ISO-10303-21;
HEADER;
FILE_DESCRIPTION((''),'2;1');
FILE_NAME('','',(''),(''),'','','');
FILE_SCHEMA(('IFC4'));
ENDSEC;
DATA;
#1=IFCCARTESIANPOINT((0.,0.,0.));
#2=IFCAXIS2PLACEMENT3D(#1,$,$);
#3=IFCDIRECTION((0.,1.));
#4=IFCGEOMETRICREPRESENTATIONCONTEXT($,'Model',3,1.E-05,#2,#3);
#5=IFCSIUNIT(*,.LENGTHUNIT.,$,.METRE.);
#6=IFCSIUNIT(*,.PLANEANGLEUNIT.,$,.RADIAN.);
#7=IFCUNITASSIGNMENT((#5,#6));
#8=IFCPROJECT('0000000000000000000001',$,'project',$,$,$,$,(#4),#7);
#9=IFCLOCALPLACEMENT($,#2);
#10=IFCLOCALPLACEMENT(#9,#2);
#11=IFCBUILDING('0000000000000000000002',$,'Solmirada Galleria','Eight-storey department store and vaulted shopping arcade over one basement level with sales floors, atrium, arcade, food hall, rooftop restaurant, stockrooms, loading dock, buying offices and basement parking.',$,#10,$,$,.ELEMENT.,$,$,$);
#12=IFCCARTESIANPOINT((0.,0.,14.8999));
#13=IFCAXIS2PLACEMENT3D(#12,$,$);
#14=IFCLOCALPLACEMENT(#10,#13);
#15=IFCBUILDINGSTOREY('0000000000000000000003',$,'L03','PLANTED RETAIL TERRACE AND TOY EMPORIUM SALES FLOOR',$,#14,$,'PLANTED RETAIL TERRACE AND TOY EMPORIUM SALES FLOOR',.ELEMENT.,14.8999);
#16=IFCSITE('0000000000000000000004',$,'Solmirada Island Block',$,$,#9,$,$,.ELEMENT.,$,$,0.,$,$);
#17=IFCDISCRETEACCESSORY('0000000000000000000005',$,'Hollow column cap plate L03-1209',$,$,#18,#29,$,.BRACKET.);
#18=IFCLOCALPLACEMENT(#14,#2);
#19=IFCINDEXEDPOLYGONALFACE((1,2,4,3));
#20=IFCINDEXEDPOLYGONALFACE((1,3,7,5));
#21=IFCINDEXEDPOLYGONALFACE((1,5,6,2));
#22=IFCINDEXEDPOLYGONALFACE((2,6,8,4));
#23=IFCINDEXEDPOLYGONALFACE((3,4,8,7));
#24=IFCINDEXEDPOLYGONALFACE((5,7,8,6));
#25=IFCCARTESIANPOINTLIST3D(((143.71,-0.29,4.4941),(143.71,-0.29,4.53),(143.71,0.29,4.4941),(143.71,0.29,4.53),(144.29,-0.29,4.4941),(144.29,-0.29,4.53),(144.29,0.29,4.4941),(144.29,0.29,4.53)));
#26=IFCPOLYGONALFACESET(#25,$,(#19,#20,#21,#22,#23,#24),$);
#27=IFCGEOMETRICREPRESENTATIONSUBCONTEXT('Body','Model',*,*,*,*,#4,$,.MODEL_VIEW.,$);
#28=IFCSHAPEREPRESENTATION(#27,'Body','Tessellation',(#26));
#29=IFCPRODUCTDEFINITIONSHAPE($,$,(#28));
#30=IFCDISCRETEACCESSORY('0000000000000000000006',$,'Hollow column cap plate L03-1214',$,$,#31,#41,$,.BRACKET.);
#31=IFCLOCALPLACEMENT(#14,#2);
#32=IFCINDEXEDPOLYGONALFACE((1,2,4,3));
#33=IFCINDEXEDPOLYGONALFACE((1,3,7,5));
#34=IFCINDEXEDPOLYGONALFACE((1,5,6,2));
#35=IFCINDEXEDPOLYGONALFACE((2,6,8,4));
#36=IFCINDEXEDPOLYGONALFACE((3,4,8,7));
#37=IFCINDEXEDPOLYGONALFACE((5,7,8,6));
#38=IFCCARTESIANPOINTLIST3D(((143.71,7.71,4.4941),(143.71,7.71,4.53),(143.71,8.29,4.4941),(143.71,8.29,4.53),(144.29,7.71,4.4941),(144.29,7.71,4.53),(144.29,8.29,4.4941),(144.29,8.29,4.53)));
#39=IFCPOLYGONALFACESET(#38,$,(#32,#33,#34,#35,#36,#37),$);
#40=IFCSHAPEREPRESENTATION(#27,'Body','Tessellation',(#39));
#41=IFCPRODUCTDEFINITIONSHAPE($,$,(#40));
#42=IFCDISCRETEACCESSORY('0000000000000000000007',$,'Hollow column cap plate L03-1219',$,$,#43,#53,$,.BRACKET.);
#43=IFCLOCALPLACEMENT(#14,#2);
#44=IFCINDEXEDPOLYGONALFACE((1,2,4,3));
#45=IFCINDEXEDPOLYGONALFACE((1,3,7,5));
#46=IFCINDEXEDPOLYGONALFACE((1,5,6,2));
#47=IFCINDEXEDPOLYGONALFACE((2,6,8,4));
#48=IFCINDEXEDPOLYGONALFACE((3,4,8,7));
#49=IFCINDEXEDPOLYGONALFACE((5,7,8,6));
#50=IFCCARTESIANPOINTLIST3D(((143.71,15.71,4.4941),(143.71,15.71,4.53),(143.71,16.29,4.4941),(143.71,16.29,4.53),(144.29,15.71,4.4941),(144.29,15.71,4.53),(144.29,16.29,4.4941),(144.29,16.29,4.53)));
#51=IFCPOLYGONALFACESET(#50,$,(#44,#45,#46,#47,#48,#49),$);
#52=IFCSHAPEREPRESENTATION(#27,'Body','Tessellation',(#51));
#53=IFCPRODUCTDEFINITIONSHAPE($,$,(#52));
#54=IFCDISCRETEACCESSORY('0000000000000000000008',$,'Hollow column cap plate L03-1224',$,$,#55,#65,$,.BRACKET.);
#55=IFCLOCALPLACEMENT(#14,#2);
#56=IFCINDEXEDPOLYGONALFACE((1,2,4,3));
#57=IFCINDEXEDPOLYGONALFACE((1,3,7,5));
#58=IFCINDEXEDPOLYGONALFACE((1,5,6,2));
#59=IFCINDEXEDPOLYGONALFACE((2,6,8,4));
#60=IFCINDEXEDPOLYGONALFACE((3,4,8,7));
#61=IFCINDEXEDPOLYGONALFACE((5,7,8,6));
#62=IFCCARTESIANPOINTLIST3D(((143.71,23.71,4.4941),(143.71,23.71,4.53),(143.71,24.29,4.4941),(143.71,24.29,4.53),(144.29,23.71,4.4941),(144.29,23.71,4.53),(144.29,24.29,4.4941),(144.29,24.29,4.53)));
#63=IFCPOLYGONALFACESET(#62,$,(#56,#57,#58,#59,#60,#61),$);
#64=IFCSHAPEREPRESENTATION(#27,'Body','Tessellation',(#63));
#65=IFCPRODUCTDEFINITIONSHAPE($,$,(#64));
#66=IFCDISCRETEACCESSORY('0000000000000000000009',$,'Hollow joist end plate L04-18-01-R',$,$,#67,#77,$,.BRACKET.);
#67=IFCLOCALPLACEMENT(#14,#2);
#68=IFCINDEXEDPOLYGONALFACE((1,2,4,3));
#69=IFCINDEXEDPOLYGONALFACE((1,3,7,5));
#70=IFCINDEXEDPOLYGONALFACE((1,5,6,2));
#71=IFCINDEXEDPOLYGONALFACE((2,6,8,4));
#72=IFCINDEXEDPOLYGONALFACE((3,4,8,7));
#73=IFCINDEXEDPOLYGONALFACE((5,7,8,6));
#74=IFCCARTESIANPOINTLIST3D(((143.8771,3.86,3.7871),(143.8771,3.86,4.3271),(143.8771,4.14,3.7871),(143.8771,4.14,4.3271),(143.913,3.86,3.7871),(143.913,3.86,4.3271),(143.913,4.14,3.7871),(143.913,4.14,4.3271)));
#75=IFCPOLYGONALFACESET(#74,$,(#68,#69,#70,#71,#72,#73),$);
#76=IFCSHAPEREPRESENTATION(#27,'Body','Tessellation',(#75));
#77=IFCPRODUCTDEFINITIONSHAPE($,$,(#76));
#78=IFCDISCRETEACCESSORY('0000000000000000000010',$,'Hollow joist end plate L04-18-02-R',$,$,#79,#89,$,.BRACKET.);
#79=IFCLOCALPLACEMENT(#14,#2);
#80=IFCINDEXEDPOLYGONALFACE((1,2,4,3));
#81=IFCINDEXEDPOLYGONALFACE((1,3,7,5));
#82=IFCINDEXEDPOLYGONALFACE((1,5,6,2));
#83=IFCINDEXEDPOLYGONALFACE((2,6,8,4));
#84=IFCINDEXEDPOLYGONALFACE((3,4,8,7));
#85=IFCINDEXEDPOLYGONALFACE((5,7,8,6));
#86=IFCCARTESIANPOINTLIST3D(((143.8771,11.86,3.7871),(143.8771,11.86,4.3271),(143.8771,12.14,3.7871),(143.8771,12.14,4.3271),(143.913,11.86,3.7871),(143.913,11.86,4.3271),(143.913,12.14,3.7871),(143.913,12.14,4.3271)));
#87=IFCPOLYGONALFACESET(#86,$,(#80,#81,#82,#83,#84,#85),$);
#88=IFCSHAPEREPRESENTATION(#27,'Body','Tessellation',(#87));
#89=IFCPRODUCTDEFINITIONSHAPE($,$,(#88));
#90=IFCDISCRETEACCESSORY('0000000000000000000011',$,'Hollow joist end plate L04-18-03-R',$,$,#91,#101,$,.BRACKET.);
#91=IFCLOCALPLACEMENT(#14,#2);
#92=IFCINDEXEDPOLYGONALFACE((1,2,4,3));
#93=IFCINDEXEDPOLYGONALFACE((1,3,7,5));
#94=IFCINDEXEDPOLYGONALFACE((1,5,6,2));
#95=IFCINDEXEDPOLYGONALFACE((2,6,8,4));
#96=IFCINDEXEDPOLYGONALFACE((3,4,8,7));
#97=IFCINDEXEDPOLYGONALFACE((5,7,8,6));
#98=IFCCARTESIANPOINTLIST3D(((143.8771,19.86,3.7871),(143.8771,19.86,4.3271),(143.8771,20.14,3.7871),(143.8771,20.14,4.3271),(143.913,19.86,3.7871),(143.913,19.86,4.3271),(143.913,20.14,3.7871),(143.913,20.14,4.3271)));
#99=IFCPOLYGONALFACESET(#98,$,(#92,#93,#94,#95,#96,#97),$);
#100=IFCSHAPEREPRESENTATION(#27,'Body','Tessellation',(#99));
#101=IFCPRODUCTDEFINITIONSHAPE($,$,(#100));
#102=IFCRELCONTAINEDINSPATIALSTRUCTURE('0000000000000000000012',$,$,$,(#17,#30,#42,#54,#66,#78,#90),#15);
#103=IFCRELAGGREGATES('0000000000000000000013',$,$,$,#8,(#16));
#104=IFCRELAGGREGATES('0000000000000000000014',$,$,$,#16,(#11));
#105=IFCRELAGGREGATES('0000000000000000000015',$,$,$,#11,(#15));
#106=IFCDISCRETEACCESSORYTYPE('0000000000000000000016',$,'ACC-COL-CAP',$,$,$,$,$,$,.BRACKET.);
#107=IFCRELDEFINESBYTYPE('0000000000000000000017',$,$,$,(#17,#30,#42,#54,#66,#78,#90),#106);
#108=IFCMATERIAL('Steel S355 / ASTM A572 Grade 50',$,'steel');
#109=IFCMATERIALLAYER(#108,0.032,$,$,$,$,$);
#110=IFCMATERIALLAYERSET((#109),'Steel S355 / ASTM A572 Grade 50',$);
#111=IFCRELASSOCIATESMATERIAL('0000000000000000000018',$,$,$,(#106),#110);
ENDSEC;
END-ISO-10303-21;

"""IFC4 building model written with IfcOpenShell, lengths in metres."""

from ifc_helpers import new_model, si_unit, direction, frame, origin, origin_2d, place, context, subcontext, project, spatial, rectangle, extrude, material, layer, layer_set, type_object, element, save


model = new_model("IFC4")

# Units and contexts
model_context = context("Model", 3, precision=1e-05, world=origin(), true_north=direction((0.0, 1.0)))
body_context = subcontext(model_context, "Body", "Model", "MODEL_VIEW")
ifc_project = project(units=[si_unit("LENGTHUNIT", "METRE"), si_unit("PLANEANGLEUNIT", "RADIAN")], contexts=[model_context])

# Site, building, storey
site_placement = place(None, origin())
site = spatial("IfcSite", under=ifc_project, at=site_placement, Name="Solmirada Island Block", CompositionType="ELEMENT", RefElevation=0.0)
building_placement = place(site_placement, origin())
building = spatial("IfcBuilding", under=site, at=building_placement, Name="Solmirada Galleria", Description="Eight-storey department store and vaulted shopping arcade over one basement level with sales floors, atrium, arcade, food hall, rooftop restaurant, stockrooms, loading dock, buying offices and basement parking.", CompositionType="ELEMENT")
storey_placement = place(building_placement, frame((0.0, 0.0, 14.8999)))
storey = spatial("IfcBuildingStorey", under=building, at=storey_placement, Name="L03", Description="PLANTED RETAIL TERRACE AND TOY EMPORIUM SALES FLOOR", LongName="PLANTED RETAIL TERRACE AND TOY EMPORIUM SALES FLOOR", CompositionType="ELEMENT", Elevation=14.8999)

# Discrete accessories
ifc_material_1 = material(Name="Steel S355 / ASTM A572 Grade 50", Category="steel")
ifc_layer_1 = layer(ifc_material_1, 0.032)
ifc_layer_set_1 = layer_set([ifc_layer_1], Name="Steel S355 / ASTM A572 Grade 50")
discrete_accessory_type = type_object("IfcDiscreteAccessoryType", Name="ACC-COL-CAP", PredefinedType="BRACKET", material=ifc_layer_set_1)
for number, where, z_axis, x_axis, name in (
    (1, (144.0, 0.0, 4.4941), (0.0, 0.0, 1.0), (1.0, 0.0, 0.0), "Hollow column cap plate L03-1209"),
    (2, (144.0, 8.0, 4.4941), (0.0, 0.0, 1.0), (1.0, 0.0, 0.0), "Hollow column cap plate L03-1214"),
    (3, (144.0, 16.0, 4.4941), (0.0, 0.0, 1.0), (1.0, 0.0, 0.0), "Hollow column cap plate L03-1219"),
    (4, (144.0, 24.0, 4.4941), (0.0, 0.0, 1.0), (1.0, 0.0, 0.0), "Hollow column cap plate L03-1224"),
):
    element("IfcDiscreteAccessory", number, at=place(storey_placement, frame(where, z_axis=z_axis, x_axis=x_axis)), inside=storey, type_object=discrete_accessory_type, Name=name, PredefinedType="BRACKET", context=body_context, shape_type="SweptSolid", body=[
        extrude(rectangle(XDim=0.5801, YDim=0.5801, at=origin_2d()), origin(), (0.0, 0.0, 1.0), 0.0359),
    ])
for number, where, z_axis, x_axis, name in (
    (5, (143.895, 4.0, 3.7871), (0.0, 0.0, 1.0), (1.0, 0.0, 0.0), "Hollow joist end plate L04-18-01-R"),
    (6, (143.895, 12.0, 3.7871), (0.0, 0.0, 1.0), (1.0, 0.0, 0.0), "Hollow joist end plate L04-18-02-R"),
    (7, (143.895, 20.0, 3.7871), (0.0, 0.0, 1.0), (1.0, 0.0, 0.0), "Hollow joist end plate L04-18-03-R"),
):
    element("IfcDiscreteAccessory", number, at=place(storey_placement, frame(where, z_axis=z_axis, x_axis=x_axis)), inside=storey, type_object=discrete_accessory_type, Name=name, PredefinedType="BRACKET", context=body_context, shape_type="SweptSolid", body=[
        extrude(rectangle(XDim=0.0359, YDim=0.28, at=origin_2d()), origin(), (0.0, 0.0, 1.0), 0.54),
    ])

save(model, "model.ifc")
